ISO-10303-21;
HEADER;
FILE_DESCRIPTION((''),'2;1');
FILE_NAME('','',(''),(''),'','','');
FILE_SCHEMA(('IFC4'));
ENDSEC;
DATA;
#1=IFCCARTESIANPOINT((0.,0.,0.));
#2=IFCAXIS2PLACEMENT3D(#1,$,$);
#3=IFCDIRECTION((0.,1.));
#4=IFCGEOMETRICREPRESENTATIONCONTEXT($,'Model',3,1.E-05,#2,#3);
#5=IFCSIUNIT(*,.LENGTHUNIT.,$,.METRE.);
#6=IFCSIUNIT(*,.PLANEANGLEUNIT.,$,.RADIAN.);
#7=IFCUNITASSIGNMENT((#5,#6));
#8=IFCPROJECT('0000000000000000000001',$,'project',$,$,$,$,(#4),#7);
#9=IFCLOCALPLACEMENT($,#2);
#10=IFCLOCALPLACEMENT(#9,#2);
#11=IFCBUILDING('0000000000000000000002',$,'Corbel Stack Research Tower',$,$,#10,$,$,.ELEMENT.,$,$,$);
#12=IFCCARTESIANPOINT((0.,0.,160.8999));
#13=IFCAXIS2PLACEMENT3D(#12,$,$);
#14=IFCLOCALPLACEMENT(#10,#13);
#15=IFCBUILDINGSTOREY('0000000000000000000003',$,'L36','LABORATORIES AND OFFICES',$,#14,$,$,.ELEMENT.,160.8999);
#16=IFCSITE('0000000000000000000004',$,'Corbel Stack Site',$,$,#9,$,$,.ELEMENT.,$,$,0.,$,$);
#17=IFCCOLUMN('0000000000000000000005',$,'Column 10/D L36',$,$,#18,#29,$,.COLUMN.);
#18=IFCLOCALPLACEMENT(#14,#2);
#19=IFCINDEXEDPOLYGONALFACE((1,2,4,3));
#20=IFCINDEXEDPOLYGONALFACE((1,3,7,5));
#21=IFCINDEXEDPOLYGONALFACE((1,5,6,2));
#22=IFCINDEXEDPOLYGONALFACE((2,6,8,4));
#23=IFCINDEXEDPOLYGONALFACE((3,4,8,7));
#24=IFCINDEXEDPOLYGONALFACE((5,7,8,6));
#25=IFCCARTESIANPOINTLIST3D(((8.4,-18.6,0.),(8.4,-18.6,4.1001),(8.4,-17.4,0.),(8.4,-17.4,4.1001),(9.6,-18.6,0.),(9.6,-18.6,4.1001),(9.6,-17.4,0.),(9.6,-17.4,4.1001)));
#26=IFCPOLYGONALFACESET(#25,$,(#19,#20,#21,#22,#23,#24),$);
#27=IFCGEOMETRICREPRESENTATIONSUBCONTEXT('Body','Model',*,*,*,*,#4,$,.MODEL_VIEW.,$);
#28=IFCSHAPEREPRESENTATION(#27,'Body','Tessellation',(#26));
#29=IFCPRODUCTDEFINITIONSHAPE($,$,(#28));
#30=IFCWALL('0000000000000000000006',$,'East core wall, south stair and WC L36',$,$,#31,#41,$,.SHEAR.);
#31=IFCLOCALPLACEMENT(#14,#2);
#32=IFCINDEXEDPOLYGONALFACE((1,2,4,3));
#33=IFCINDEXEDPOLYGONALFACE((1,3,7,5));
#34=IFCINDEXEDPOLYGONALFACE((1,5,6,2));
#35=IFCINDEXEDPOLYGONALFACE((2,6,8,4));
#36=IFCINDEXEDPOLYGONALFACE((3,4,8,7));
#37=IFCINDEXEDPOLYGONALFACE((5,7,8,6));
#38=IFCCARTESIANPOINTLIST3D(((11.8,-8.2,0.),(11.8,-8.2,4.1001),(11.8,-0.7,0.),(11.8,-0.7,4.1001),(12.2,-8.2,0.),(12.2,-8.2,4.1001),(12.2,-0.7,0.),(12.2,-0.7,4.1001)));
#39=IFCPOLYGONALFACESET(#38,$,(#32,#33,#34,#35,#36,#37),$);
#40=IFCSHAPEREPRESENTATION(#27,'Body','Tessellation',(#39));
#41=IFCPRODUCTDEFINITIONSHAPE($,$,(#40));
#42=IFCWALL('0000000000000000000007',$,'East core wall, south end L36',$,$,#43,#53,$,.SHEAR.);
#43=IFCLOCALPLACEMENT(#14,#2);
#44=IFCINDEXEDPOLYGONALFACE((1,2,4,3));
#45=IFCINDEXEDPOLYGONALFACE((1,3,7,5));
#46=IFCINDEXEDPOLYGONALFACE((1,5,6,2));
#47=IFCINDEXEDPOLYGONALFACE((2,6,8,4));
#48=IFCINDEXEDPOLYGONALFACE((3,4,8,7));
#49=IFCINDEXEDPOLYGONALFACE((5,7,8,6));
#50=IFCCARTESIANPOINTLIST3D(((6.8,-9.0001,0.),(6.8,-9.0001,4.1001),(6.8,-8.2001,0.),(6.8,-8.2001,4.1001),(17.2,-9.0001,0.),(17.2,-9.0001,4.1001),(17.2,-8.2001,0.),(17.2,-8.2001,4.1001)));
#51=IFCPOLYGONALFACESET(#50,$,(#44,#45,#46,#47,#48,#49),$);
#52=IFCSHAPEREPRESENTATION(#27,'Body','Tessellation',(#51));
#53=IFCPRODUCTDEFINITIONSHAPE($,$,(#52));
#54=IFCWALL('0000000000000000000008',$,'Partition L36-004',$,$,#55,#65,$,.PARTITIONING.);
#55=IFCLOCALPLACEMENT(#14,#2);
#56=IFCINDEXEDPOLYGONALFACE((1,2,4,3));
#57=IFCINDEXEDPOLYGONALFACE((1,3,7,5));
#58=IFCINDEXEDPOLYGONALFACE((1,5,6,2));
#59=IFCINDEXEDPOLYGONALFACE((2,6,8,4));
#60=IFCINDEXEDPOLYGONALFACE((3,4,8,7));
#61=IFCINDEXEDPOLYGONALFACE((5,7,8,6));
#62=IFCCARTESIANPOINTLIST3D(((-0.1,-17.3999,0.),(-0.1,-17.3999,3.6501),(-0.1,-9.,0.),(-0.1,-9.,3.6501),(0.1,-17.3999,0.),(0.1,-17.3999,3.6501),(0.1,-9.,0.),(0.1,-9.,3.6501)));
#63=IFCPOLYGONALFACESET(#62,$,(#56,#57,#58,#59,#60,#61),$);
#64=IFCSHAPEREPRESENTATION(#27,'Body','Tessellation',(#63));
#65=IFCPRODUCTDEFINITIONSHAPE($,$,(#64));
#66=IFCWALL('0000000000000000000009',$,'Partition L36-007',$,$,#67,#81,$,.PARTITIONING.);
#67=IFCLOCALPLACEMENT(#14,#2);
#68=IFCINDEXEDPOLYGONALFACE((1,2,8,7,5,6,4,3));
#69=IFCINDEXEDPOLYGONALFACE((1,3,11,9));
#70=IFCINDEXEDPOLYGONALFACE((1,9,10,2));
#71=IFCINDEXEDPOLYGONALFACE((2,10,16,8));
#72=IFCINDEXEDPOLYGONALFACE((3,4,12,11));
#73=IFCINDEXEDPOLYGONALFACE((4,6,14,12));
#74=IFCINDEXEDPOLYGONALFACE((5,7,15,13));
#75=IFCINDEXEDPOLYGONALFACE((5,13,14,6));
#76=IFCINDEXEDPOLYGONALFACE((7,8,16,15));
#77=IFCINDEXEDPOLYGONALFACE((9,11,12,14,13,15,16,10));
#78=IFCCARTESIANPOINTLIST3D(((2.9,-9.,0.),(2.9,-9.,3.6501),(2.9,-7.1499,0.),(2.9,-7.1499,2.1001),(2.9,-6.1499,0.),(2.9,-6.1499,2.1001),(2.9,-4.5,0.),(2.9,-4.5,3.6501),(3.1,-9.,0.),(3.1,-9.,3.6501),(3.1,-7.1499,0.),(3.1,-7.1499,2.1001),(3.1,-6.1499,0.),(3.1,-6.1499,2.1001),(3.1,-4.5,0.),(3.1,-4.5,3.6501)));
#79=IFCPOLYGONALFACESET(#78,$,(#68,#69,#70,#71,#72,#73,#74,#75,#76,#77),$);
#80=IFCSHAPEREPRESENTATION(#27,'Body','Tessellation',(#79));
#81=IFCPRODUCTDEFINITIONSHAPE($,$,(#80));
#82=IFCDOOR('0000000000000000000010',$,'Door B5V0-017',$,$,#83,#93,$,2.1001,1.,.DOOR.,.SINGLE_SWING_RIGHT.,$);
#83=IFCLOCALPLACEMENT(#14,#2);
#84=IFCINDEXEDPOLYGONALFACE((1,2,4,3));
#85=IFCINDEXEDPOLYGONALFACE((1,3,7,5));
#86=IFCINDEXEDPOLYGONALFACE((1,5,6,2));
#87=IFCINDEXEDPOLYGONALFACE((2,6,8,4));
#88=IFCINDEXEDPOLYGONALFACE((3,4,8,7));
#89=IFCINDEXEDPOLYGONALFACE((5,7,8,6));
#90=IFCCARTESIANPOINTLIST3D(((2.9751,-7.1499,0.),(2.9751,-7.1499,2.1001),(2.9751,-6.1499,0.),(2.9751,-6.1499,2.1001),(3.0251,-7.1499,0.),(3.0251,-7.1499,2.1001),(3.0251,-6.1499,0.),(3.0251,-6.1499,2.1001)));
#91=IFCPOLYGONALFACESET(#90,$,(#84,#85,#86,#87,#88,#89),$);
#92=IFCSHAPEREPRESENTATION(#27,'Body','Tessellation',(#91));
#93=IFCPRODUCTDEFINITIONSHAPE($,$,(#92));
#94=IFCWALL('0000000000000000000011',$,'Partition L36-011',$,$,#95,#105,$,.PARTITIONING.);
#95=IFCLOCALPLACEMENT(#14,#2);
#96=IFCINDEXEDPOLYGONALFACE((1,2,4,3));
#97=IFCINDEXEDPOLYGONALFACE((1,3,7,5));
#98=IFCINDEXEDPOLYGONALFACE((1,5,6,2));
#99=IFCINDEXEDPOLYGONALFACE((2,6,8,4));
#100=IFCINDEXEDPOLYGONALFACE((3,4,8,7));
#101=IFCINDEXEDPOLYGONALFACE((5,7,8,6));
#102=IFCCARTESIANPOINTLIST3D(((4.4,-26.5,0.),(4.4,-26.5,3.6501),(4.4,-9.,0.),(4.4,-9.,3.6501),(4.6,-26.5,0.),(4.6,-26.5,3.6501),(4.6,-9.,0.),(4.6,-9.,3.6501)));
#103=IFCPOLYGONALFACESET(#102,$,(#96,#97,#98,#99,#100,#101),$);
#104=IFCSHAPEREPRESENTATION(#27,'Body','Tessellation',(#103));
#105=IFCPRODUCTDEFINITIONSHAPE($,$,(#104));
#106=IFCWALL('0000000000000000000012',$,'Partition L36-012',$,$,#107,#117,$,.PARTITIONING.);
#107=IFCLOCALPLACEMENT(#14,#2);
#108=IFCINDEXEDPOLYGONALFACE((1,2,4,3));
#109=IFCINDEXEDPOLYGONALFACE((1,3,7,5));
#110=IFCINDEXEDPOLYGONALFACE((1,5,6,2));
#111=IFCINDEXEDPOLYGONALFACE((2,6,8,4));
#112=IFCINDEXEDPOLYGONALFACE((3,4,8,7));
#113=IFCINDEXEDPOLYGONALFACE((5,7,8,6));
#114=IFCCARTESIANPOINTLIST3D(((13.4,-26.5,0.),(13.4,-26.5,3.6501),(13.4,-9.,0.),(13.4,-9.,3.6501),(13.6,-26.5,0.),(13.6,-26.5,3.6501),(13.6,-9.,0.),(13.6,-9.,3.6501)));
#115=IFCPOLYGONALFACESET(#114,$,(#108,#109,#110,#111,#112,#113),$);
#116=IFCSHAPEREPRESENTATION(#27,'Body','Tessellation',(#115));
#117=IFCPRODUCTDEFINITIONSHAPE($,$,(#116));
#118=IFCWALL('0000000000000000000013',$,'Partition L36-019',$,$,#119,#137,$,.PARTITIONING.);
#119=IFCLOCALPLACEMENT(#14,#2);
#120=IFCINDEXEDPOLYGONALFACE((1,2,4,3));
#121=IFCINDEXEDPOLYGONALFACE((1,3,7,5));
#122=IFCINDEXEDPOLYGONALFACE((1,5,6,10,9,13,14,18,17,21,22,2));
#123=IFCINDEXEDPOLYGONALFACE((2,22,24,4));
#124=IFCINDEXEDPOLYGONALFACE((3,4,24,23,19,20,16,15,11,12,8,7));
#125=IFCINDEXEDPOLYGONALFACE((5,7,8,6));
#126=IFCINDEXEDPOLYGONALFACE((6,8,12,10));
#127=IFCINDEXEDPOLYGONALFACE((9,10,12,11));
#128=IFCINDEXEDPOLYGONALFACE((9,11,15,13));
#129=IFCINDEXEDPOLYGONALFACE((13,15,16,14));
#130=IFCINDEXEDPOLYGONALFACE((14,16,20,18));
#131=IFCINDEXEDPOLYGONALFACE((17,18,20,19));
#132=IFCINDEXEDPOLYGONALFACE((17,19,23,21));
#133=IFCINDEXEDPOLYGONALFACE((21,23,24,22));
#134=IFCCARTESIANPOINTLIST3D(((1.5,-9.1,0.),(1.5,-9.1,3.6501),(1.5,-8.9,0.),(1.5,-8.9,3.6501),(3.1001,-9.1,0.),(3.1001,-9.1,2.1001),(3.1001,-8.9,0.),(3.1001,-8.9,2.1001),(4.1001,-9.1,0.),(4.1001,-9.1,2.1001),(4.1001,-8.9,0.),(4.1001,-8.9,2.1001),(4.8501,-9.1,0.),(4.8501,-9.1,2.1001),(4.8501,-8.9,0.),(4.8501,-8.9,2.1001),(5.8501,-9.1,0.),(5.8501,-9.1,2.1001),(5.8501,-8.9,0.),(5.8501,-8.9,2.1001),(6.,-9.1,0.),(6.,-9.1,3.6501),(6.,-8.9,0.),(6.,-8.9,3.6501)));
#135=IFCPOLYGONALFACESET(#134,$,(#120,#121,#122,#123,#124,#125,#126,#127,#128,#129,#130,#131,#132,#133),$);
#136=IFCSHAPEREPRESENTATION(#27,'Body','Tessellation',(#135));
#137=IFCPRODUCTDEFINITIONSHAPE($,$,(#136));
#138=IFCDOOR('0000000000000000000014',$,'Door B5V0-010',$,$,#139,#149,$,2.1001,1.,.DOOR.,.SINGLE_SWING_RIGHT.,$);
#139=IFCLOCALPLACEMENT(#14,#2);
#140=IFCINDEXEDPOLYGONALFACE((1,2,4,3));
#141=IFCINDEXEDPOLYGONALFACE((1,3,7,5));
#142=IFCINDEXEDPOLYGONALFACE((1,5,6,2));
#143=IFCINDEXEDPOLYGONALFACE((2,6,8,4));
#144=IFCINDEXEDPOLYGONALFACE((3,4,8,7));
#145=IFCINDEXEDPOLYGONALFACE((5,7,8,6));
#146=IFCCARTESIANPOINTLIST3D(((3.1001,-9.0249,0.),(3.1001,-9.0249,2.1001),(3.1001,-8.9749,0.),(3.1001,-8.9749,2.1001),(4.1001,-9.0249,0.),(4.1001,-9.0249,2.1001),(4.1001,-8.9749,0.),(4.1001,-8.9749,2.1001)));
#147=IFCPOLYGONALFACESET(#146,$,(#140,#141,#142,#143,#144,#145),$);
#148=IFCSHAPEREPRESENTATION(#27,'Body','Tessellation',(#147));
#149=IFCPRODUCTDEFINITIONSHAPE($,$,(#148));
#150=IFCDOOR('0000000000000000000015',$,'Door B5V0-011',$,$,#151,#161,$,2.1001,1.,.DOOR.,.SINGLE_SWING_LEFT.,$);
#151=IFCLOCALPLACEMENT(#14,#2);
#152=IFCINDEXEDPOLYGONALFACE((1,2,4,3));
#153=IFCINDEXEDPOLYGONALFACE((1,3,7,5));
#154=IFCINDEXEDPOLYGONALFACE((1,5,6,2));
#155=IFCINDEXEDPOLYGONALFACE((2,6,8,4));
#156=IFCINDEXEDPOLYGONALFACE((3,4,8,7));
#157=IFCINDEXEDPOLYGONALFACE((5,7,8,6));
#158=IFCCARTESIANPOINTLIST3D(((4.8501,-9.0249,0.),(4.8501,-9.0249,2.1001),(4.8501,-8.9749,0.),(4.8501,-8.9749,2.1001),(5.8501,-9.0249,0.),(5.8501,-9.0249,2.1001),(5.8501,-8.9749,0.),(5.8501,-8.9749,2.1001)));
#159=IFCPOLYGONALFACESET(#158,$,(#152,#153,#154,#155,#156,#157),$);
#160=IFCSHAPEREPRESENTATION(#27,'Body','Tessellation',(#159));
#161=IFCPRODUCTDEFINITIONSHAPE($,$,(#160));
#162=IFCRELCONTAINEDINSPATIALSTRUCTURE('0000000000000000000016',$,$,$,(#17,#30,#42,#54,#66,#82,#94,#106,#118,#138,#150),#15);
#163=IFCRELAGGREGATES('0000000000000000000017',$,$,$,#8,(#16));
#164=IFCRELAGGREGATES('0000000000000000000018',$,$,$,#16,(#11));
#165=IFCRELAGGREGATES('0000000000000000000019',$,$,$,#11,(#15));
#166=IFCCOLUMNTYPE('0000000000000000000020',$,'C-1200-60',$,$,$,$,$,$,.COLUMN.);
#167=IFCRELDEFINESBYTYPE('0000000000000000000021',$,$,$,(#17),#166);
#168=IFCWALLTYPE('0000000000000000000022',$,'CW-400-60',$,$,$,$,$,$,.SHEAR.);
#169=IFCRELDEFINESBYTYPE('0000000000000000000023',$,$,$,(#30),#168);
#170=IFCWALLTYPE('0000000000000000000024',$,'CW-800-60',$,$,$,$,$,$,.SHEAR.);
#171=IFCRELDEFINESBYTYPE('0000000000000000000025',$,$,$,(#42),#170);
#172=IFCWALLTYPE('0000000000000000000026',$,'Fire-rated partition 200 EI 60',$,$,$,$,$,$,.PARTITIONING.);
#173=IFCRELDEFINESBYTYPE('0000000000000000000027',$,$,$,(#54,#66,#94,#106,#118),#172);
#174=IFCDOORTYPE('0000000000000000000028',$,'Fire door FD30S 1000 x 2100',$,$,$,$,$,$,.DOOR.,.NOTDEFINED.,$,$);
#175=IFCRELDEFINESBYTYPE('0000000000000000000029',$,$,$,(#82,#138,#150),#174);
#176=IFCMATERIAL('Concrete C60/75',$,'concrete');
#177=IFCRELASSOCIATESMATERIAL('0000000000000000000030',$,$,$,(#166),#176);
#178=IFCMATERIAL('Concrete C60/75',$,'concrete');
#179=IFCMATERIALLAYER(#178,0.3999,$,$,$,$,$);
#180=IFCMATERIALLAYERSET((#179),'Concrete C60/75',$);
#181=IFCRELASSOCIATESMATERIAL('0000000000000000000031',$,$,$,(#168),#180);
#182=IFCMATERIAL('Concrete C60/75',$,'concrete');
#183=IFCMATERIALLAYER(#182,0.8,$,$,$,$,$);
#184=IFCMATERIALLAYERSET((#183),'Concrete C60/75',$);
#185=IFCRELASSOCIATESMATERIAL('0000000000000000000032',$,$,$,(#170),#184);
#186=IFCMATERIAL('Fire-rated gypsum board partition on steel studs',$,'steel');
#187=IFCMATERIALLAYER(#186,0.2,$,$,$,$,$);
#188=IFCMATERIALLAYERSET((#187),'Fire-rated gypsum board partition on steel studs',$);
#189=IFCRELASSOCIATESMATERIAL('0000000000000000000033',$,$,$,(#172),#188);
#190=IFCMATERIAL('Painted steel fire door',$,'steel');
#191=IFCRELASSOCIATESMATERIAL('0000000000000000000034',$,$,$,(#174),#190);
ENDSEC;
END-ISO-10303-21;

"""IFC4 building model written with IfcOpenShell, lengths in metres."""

from ifc_helpers import new_model, si_unit, direction, frame, frame_2d, origin, origin_2d, place, context, subcontext, project, spatial, rectangle, extrude, material, layer, layer_set, material_profile, profile_set, type_object, element, fill, save


model = new_model("IFC4")

# Units and contexts
model_context = context("Model", 3, precision=1e-05, world=origin(), true_north=direction((0.0, 1.0)))
body_context = subcontext(model_context, "Body", "Model", "MODEL_VIEW")
ifc_project = project(units=[si_unit("LENGTHUNIT", "METRE"), si_unit("PLANEANGLEUNIT", "RADIAN")], contexts=[model_context])

# Site, building, storey
site_placement = place(None, origin())
site = spatial("IfcSite", under=ifc_project, at=site_placement, Name="Corbel Stack Site", CompositionType="ELEMENT", RefElevation=0.0)
building_placement = place(site_placement, origin())
building = spatial("IfcBuilding", under=site, at=building_placement, Name="Corbel Stack Research Tower", CompositionType="ELEMENT")
storey_placement = place(building_placement, frame((0.0, 0.0, 160.8999)))
storey = spatial("IfcBuildingStorey", under=building, at=storey_placement, Name="L36", Description="LABORATORIES AND OFFICES", CompositionType="ELEMENT", Elevation=160.8999)

# Column
ifc_material_1 = material(Name="Concrete C60/75", Category="concrete")
ifc_material_profile = material_profile(ifc_material_1, rectangle(XDim=1.2, YDim=1.2, at=origin_2d()), Name="RC 1200 x 1200")
ifc_profile_set = profile_set([ifc_material_profile], Name="Concrete C60/75")
column_type = type_object("IfcColumnType", Name="C-1200-60", PredefinedType="COLUMN", material=ifc_profile_set)
column_placement = place(storey_placement, frame((9.0, -18.0, 0.0), z_axis=(0.0, 0.0, 1.0), x_axis=(1.0, 0.0, 0.0)))
element("IfcColumn", 1, at=column_placement, inside=storey, type_object=column_type, Name="Column 10/D L36", PredefinedType="COLUMN", context=body_context, shape_type="SweptSolid", body=[
    extrude(rectangle(XDim=1.2, YDim=1.2, at=origin_2d()), origin(), (0.0, 0.0, 1.0), 4.1001),
])

# Wall
ifc_material_2 = material(Name="Concrete C60/75", Category="concrete")
ifc_layer_1 = layer(ifc_material_2, 0.3999)
ifc_layer_set_1 = layer_set([ifc_layer_1], Name="Concrete C60/75")
wall_type_1 = type_object("IfcWallType", Name="CW-400-60", PredefinedType="SHEAR", material=ifc_layer_set_1)
wall_1_placement = place(storey_placement, frame((12.0, -8.2, 0.0), z_axis=(0.0, 0.0, 1.0), x_axis=(0.0, 1.0, 0.0)))
element("IfcWall", 2, at=wall_1_placement, inside=storey, type_object=wall_type_1, Name="East core wall, south stair and WC L36", PredefinedType="SHEAR", context=body_context, shape_type="SweptSolid", body=[
    extrude(rectangle(XDim=7.5, YDim=0.3999, at=frame_2d((3.75, 0.0))), origin(), (0.0, 0.0, 1.0), 4.1001),
])

# Shared definitions
ifc_material_3 = material(Name="Concrete C60/75", Category="concrete")
ifc_layer_2 = layer(ifc_material_3, 0.8)
ifc_layer_set_2 = layer_set([ifc_layer_2], Name="Concrete C60/75")
wall_type_2 = type_object("IfcWallType", Name="CW-800-60", PredefinedType="SHEAR", material=ifc_layer_set_2)

# Walls
wall_2_placement = place(storey_placement, frame((6.8, -8.6001, 0.0), z_axis=(0.0, 0.0, 1.0), x_axis=(1.0, 0.0, 0.0)))
element("IfcWall", 3, at=wall_2_placement, inside=storey, type_object=wall_type_2, Name="East core wall, south end L36", PredefinedType="SHEAR", context=body_context, shape_type="SweptSolid", body=[
    extrude(rectangle(XDim=10.3999, YDim=0.8, at=frame_2d((5.2, 0.0))), origin(), (0.0, 0.0, 1.0), 4.1001),
])
ifc_material_4 = material(Name="Fire-rated gypsum board partition on steel studs", Category="steel")
ifc_layer_3 = layer(ifc_material_4, 0.2)
ifc_layer_set_3 = layer_set([ifc_layer_3], Name="Fire-rated gypsum board partition on steel studs")
wall_type_3 = type_object("IfcWallType", Name="Fire-rated partition 200 EI 60", PredefinedType="PARTITIONING", material=ifc_layer_set_3)
wall_3_placement = place(storey_placement, frame((0.0, -17.3999, 0.0), z_axis=(0.0, 0.0, 1.0), x_axis=(0.0, 1.0, 0.0)))
element("IfcWall", 4, at=wall_3_placement, inside=storey, type_object=wall_type_3, Name="Partition L36-004", PredefinedType="PARTITIONING", context=body_context, shape_type="SweptSolid", body=[
    extrude(rectangle(XDim=8.3999, YDim=0.2, at=frame_2d((4.2, 0.0))), origin(), (0.0, 0.0, 1.0), 3.6501),
])

# Wall, opening, door
wall_4_placement = place(storey_placement, frame((3.0, -9.0, 0.0), z_axis=(0.0, 0.0, 1.0), x_axis=(0.0, 1.0, 0.0)))
wall_4 = element("IfcWall", 5, at=wall_4_placement, inside=storey, type_object=wall_type_3, Name="Partition L36-007", PredefinedType="PARTITIONING", context=body_context, shape_type="SweptSolid", body=[
    extrude(rectangle(XDim=4.5, YDim=0.2, at=frame_2d((2.25, 0.0))), origin(), (0.0, 0.0, 1.0), 3.6501),
])
opening_1_placement = place(wall_4_placement, frame((1.8501, 0.0, 0.0)))
opening_1 = element("IfcOpeningElement", 6, at=opening_1_placement, cuts=wall_4, PredefinedType="OPENING", context=body_context, shape_type="SweptSolid", body=[
    extrude(rectangle(XDim=1.0, YDim=2.1001, at=frame_2d((0.5, 1.05))), frame((0.0, 0.1099, 0.0), z_axis=(0.0, -1.0, 0.0), x_axis=(1.0, 0.0, 0.0)), (0.0, 0.0, 1.0), 0.22),
])
ifc_material_5 = material(Name="Painted steel fire door", Category="steel")
door_type_1 = type_object("IfcDoorType", Name="Fire door FD30S 1000 x 2100", OperationType="NOTDEFINED", PredefinedType="DOOR", material=ifc_material_5)
door_1_placement = place(opening_1_placement, origin())
door_1 = element("IfcDoor", 7, at=door_1_placement, inside=storey, type_object=door_type_1, Name="Door B5V0-017", OperationType="SINGLE_SWING_RIGHT", OverallHeight=2.1001, OverallWidth=1.0, PredefinedType="DOOR", context=body_context, shape_type="SweptSolid", body=[
    extrude(rectangle(XDim=1.0, YDim=2.1001, at=frame_2d((0.5, 1.05))), frame((0.0, 0.0249, 0.0), z_axis=(0.0, -1.0, 0.0), x_axis=(1.0, 0.0, 0.0)), (0.0, 0.0, 1.0), 0.05),
])
fill(opening_1, door_1)

# Walls
for number, where, z_axis, x_axis, name in (
    (8, (4.5, -26.5, 0.0), (0.0, 0.0, 1.0), (0.0, 1.0, 0.0), "Partition L36-011"),
    (9, (13.5, -26.5, 0.0), (0.0, 0.0, 1.0), (0.0, 1.0, 0.0), "Partition L36-012"),
):
    element("IfcWall", number, at=place(storey_placement, frame(where, z_axis=z_axis, x_axis=x_axis)), inside=storey, type_object=wall_type_3, Name=name, PredefinedType="PARTITIONING", context=body_context, shape_type="SweptSolid", body=[
        extrude(rectangle(XDim=17.5, YDim=0.2, at=frame_2d((8.75, 0.0))), origin(), (0.0, 0.0, 1.0), 3.6501),
    ])

# Wall, openings, doors
wall_5_placement = place(storey_placement, frame((6.0, -9.0, 0.0), z_axis=(0.0, 0.0, 1.0), x_axis=(-1.0, 0.0, 0.0)))
wall_5 = element("IfcWall", 10, at=wall_5_placement, inside=storey, type_object=wall_type_3, Name="Partition L36-019", PredefinedType="PARTITIONING", context=body_context, shape_type="SweptSolid", body=[
    extrude(rectangle(XDim=4.5, YDim=0.2, at=frame_2d((2.25, 0.0))), origin(), (0.0, 0.0, 1.0), 3.6501),
])
opening_2_placement = place(wall_5_placement, frame((1.8999, 0.0, 0.0)))
opening_2 = element("IfcOpeningElement", 11, at=opening_2_placement, cuts=wall_5, PredefinedType="OPENING", context=body_context, shape_type="SweptSolid", body=[
    extrude(rectangle(XDim=1.0, YDim=2.1001, at=frame_2d((0.5, 1.05))), frame((0.0, 0.1099, 0.0), z_axis=(0.0, -1.0, 0.0), x_axis=(1.0, 0.0, 0.0)), (0.0, 0.0, 1.0), 0.22),
])
opening_3_placement = place(wall_5_placement, frame((0.1499, 0.0, 0.0)))
opening_3 = element("IfcOpeningElement", 12, at=opening_3_placement, cuts=wall_5, PredefinedType="OPENING", context=body_context, shape_type="SweptSolid", body=[
    extrude(rectangle(XDim=1.0, YDim=2.1001, at=frame_2d((0.5, 1.05))), frame((0.0, 0.1099, 0.0), z_axis=(0.0, -1.0, 0.0), x_axis=(1.0, 0.0, 0.0)), (0.0, 0.0, 1.0), 0.22),
])
door_2_placement = place(opening_2_placement, origin())
door_2 = element("IfcDoor", 13, at=door_2_placement, inside=storey, type_object=door_type_1, Name="Door B5V0-010", OperationType="SINGLE_SWING_RIGHT", OverallHeight=2.1001, OverallWidth=1.0, PredefinedType="DOOR", context=body_context, shape_type="SweptSolid", body=[
    extrude(rectangle(XDim=1.0, YDim=2.1001, at=frame_2d((0.5, 1.05))), frame((0.0, 0.0249, 0.0), z_axis=(0.0, -1.0, 0.0), x_axis=(1.0, 0.0, 0.0)), (0.0, 0.0, 1.0), 0.05),
])
fill(opening_2, door_2)
door_3_placement = place(opening_3_placement, origin())
door_3 = element("IfcDoor", 14, at=door_3_placement, inside=storey, type_object=door_type_1, Name="Door B5V0-011", OperationType="SINGLE_SWING_LEFT", OverallHeight=2.1001, OverallWidth=1.0, PredefinedType="DOOR", context=body_context, shape_type="SweptSolid", body=[
    extrude(rectangle(XDim=1.0, YDim=2.1001, at=frame_2d((0.5, 1.05))), frame((0.0, 0.0249, 0.0), z_axis=(0.0, -1.0, 0.0), x_axis=(1.0, 0.0, 0.0)), (0.0, 0.0, 1.0), 0.05),
])
fill(opening_3, door_3)

save(model, "model.ifc")
